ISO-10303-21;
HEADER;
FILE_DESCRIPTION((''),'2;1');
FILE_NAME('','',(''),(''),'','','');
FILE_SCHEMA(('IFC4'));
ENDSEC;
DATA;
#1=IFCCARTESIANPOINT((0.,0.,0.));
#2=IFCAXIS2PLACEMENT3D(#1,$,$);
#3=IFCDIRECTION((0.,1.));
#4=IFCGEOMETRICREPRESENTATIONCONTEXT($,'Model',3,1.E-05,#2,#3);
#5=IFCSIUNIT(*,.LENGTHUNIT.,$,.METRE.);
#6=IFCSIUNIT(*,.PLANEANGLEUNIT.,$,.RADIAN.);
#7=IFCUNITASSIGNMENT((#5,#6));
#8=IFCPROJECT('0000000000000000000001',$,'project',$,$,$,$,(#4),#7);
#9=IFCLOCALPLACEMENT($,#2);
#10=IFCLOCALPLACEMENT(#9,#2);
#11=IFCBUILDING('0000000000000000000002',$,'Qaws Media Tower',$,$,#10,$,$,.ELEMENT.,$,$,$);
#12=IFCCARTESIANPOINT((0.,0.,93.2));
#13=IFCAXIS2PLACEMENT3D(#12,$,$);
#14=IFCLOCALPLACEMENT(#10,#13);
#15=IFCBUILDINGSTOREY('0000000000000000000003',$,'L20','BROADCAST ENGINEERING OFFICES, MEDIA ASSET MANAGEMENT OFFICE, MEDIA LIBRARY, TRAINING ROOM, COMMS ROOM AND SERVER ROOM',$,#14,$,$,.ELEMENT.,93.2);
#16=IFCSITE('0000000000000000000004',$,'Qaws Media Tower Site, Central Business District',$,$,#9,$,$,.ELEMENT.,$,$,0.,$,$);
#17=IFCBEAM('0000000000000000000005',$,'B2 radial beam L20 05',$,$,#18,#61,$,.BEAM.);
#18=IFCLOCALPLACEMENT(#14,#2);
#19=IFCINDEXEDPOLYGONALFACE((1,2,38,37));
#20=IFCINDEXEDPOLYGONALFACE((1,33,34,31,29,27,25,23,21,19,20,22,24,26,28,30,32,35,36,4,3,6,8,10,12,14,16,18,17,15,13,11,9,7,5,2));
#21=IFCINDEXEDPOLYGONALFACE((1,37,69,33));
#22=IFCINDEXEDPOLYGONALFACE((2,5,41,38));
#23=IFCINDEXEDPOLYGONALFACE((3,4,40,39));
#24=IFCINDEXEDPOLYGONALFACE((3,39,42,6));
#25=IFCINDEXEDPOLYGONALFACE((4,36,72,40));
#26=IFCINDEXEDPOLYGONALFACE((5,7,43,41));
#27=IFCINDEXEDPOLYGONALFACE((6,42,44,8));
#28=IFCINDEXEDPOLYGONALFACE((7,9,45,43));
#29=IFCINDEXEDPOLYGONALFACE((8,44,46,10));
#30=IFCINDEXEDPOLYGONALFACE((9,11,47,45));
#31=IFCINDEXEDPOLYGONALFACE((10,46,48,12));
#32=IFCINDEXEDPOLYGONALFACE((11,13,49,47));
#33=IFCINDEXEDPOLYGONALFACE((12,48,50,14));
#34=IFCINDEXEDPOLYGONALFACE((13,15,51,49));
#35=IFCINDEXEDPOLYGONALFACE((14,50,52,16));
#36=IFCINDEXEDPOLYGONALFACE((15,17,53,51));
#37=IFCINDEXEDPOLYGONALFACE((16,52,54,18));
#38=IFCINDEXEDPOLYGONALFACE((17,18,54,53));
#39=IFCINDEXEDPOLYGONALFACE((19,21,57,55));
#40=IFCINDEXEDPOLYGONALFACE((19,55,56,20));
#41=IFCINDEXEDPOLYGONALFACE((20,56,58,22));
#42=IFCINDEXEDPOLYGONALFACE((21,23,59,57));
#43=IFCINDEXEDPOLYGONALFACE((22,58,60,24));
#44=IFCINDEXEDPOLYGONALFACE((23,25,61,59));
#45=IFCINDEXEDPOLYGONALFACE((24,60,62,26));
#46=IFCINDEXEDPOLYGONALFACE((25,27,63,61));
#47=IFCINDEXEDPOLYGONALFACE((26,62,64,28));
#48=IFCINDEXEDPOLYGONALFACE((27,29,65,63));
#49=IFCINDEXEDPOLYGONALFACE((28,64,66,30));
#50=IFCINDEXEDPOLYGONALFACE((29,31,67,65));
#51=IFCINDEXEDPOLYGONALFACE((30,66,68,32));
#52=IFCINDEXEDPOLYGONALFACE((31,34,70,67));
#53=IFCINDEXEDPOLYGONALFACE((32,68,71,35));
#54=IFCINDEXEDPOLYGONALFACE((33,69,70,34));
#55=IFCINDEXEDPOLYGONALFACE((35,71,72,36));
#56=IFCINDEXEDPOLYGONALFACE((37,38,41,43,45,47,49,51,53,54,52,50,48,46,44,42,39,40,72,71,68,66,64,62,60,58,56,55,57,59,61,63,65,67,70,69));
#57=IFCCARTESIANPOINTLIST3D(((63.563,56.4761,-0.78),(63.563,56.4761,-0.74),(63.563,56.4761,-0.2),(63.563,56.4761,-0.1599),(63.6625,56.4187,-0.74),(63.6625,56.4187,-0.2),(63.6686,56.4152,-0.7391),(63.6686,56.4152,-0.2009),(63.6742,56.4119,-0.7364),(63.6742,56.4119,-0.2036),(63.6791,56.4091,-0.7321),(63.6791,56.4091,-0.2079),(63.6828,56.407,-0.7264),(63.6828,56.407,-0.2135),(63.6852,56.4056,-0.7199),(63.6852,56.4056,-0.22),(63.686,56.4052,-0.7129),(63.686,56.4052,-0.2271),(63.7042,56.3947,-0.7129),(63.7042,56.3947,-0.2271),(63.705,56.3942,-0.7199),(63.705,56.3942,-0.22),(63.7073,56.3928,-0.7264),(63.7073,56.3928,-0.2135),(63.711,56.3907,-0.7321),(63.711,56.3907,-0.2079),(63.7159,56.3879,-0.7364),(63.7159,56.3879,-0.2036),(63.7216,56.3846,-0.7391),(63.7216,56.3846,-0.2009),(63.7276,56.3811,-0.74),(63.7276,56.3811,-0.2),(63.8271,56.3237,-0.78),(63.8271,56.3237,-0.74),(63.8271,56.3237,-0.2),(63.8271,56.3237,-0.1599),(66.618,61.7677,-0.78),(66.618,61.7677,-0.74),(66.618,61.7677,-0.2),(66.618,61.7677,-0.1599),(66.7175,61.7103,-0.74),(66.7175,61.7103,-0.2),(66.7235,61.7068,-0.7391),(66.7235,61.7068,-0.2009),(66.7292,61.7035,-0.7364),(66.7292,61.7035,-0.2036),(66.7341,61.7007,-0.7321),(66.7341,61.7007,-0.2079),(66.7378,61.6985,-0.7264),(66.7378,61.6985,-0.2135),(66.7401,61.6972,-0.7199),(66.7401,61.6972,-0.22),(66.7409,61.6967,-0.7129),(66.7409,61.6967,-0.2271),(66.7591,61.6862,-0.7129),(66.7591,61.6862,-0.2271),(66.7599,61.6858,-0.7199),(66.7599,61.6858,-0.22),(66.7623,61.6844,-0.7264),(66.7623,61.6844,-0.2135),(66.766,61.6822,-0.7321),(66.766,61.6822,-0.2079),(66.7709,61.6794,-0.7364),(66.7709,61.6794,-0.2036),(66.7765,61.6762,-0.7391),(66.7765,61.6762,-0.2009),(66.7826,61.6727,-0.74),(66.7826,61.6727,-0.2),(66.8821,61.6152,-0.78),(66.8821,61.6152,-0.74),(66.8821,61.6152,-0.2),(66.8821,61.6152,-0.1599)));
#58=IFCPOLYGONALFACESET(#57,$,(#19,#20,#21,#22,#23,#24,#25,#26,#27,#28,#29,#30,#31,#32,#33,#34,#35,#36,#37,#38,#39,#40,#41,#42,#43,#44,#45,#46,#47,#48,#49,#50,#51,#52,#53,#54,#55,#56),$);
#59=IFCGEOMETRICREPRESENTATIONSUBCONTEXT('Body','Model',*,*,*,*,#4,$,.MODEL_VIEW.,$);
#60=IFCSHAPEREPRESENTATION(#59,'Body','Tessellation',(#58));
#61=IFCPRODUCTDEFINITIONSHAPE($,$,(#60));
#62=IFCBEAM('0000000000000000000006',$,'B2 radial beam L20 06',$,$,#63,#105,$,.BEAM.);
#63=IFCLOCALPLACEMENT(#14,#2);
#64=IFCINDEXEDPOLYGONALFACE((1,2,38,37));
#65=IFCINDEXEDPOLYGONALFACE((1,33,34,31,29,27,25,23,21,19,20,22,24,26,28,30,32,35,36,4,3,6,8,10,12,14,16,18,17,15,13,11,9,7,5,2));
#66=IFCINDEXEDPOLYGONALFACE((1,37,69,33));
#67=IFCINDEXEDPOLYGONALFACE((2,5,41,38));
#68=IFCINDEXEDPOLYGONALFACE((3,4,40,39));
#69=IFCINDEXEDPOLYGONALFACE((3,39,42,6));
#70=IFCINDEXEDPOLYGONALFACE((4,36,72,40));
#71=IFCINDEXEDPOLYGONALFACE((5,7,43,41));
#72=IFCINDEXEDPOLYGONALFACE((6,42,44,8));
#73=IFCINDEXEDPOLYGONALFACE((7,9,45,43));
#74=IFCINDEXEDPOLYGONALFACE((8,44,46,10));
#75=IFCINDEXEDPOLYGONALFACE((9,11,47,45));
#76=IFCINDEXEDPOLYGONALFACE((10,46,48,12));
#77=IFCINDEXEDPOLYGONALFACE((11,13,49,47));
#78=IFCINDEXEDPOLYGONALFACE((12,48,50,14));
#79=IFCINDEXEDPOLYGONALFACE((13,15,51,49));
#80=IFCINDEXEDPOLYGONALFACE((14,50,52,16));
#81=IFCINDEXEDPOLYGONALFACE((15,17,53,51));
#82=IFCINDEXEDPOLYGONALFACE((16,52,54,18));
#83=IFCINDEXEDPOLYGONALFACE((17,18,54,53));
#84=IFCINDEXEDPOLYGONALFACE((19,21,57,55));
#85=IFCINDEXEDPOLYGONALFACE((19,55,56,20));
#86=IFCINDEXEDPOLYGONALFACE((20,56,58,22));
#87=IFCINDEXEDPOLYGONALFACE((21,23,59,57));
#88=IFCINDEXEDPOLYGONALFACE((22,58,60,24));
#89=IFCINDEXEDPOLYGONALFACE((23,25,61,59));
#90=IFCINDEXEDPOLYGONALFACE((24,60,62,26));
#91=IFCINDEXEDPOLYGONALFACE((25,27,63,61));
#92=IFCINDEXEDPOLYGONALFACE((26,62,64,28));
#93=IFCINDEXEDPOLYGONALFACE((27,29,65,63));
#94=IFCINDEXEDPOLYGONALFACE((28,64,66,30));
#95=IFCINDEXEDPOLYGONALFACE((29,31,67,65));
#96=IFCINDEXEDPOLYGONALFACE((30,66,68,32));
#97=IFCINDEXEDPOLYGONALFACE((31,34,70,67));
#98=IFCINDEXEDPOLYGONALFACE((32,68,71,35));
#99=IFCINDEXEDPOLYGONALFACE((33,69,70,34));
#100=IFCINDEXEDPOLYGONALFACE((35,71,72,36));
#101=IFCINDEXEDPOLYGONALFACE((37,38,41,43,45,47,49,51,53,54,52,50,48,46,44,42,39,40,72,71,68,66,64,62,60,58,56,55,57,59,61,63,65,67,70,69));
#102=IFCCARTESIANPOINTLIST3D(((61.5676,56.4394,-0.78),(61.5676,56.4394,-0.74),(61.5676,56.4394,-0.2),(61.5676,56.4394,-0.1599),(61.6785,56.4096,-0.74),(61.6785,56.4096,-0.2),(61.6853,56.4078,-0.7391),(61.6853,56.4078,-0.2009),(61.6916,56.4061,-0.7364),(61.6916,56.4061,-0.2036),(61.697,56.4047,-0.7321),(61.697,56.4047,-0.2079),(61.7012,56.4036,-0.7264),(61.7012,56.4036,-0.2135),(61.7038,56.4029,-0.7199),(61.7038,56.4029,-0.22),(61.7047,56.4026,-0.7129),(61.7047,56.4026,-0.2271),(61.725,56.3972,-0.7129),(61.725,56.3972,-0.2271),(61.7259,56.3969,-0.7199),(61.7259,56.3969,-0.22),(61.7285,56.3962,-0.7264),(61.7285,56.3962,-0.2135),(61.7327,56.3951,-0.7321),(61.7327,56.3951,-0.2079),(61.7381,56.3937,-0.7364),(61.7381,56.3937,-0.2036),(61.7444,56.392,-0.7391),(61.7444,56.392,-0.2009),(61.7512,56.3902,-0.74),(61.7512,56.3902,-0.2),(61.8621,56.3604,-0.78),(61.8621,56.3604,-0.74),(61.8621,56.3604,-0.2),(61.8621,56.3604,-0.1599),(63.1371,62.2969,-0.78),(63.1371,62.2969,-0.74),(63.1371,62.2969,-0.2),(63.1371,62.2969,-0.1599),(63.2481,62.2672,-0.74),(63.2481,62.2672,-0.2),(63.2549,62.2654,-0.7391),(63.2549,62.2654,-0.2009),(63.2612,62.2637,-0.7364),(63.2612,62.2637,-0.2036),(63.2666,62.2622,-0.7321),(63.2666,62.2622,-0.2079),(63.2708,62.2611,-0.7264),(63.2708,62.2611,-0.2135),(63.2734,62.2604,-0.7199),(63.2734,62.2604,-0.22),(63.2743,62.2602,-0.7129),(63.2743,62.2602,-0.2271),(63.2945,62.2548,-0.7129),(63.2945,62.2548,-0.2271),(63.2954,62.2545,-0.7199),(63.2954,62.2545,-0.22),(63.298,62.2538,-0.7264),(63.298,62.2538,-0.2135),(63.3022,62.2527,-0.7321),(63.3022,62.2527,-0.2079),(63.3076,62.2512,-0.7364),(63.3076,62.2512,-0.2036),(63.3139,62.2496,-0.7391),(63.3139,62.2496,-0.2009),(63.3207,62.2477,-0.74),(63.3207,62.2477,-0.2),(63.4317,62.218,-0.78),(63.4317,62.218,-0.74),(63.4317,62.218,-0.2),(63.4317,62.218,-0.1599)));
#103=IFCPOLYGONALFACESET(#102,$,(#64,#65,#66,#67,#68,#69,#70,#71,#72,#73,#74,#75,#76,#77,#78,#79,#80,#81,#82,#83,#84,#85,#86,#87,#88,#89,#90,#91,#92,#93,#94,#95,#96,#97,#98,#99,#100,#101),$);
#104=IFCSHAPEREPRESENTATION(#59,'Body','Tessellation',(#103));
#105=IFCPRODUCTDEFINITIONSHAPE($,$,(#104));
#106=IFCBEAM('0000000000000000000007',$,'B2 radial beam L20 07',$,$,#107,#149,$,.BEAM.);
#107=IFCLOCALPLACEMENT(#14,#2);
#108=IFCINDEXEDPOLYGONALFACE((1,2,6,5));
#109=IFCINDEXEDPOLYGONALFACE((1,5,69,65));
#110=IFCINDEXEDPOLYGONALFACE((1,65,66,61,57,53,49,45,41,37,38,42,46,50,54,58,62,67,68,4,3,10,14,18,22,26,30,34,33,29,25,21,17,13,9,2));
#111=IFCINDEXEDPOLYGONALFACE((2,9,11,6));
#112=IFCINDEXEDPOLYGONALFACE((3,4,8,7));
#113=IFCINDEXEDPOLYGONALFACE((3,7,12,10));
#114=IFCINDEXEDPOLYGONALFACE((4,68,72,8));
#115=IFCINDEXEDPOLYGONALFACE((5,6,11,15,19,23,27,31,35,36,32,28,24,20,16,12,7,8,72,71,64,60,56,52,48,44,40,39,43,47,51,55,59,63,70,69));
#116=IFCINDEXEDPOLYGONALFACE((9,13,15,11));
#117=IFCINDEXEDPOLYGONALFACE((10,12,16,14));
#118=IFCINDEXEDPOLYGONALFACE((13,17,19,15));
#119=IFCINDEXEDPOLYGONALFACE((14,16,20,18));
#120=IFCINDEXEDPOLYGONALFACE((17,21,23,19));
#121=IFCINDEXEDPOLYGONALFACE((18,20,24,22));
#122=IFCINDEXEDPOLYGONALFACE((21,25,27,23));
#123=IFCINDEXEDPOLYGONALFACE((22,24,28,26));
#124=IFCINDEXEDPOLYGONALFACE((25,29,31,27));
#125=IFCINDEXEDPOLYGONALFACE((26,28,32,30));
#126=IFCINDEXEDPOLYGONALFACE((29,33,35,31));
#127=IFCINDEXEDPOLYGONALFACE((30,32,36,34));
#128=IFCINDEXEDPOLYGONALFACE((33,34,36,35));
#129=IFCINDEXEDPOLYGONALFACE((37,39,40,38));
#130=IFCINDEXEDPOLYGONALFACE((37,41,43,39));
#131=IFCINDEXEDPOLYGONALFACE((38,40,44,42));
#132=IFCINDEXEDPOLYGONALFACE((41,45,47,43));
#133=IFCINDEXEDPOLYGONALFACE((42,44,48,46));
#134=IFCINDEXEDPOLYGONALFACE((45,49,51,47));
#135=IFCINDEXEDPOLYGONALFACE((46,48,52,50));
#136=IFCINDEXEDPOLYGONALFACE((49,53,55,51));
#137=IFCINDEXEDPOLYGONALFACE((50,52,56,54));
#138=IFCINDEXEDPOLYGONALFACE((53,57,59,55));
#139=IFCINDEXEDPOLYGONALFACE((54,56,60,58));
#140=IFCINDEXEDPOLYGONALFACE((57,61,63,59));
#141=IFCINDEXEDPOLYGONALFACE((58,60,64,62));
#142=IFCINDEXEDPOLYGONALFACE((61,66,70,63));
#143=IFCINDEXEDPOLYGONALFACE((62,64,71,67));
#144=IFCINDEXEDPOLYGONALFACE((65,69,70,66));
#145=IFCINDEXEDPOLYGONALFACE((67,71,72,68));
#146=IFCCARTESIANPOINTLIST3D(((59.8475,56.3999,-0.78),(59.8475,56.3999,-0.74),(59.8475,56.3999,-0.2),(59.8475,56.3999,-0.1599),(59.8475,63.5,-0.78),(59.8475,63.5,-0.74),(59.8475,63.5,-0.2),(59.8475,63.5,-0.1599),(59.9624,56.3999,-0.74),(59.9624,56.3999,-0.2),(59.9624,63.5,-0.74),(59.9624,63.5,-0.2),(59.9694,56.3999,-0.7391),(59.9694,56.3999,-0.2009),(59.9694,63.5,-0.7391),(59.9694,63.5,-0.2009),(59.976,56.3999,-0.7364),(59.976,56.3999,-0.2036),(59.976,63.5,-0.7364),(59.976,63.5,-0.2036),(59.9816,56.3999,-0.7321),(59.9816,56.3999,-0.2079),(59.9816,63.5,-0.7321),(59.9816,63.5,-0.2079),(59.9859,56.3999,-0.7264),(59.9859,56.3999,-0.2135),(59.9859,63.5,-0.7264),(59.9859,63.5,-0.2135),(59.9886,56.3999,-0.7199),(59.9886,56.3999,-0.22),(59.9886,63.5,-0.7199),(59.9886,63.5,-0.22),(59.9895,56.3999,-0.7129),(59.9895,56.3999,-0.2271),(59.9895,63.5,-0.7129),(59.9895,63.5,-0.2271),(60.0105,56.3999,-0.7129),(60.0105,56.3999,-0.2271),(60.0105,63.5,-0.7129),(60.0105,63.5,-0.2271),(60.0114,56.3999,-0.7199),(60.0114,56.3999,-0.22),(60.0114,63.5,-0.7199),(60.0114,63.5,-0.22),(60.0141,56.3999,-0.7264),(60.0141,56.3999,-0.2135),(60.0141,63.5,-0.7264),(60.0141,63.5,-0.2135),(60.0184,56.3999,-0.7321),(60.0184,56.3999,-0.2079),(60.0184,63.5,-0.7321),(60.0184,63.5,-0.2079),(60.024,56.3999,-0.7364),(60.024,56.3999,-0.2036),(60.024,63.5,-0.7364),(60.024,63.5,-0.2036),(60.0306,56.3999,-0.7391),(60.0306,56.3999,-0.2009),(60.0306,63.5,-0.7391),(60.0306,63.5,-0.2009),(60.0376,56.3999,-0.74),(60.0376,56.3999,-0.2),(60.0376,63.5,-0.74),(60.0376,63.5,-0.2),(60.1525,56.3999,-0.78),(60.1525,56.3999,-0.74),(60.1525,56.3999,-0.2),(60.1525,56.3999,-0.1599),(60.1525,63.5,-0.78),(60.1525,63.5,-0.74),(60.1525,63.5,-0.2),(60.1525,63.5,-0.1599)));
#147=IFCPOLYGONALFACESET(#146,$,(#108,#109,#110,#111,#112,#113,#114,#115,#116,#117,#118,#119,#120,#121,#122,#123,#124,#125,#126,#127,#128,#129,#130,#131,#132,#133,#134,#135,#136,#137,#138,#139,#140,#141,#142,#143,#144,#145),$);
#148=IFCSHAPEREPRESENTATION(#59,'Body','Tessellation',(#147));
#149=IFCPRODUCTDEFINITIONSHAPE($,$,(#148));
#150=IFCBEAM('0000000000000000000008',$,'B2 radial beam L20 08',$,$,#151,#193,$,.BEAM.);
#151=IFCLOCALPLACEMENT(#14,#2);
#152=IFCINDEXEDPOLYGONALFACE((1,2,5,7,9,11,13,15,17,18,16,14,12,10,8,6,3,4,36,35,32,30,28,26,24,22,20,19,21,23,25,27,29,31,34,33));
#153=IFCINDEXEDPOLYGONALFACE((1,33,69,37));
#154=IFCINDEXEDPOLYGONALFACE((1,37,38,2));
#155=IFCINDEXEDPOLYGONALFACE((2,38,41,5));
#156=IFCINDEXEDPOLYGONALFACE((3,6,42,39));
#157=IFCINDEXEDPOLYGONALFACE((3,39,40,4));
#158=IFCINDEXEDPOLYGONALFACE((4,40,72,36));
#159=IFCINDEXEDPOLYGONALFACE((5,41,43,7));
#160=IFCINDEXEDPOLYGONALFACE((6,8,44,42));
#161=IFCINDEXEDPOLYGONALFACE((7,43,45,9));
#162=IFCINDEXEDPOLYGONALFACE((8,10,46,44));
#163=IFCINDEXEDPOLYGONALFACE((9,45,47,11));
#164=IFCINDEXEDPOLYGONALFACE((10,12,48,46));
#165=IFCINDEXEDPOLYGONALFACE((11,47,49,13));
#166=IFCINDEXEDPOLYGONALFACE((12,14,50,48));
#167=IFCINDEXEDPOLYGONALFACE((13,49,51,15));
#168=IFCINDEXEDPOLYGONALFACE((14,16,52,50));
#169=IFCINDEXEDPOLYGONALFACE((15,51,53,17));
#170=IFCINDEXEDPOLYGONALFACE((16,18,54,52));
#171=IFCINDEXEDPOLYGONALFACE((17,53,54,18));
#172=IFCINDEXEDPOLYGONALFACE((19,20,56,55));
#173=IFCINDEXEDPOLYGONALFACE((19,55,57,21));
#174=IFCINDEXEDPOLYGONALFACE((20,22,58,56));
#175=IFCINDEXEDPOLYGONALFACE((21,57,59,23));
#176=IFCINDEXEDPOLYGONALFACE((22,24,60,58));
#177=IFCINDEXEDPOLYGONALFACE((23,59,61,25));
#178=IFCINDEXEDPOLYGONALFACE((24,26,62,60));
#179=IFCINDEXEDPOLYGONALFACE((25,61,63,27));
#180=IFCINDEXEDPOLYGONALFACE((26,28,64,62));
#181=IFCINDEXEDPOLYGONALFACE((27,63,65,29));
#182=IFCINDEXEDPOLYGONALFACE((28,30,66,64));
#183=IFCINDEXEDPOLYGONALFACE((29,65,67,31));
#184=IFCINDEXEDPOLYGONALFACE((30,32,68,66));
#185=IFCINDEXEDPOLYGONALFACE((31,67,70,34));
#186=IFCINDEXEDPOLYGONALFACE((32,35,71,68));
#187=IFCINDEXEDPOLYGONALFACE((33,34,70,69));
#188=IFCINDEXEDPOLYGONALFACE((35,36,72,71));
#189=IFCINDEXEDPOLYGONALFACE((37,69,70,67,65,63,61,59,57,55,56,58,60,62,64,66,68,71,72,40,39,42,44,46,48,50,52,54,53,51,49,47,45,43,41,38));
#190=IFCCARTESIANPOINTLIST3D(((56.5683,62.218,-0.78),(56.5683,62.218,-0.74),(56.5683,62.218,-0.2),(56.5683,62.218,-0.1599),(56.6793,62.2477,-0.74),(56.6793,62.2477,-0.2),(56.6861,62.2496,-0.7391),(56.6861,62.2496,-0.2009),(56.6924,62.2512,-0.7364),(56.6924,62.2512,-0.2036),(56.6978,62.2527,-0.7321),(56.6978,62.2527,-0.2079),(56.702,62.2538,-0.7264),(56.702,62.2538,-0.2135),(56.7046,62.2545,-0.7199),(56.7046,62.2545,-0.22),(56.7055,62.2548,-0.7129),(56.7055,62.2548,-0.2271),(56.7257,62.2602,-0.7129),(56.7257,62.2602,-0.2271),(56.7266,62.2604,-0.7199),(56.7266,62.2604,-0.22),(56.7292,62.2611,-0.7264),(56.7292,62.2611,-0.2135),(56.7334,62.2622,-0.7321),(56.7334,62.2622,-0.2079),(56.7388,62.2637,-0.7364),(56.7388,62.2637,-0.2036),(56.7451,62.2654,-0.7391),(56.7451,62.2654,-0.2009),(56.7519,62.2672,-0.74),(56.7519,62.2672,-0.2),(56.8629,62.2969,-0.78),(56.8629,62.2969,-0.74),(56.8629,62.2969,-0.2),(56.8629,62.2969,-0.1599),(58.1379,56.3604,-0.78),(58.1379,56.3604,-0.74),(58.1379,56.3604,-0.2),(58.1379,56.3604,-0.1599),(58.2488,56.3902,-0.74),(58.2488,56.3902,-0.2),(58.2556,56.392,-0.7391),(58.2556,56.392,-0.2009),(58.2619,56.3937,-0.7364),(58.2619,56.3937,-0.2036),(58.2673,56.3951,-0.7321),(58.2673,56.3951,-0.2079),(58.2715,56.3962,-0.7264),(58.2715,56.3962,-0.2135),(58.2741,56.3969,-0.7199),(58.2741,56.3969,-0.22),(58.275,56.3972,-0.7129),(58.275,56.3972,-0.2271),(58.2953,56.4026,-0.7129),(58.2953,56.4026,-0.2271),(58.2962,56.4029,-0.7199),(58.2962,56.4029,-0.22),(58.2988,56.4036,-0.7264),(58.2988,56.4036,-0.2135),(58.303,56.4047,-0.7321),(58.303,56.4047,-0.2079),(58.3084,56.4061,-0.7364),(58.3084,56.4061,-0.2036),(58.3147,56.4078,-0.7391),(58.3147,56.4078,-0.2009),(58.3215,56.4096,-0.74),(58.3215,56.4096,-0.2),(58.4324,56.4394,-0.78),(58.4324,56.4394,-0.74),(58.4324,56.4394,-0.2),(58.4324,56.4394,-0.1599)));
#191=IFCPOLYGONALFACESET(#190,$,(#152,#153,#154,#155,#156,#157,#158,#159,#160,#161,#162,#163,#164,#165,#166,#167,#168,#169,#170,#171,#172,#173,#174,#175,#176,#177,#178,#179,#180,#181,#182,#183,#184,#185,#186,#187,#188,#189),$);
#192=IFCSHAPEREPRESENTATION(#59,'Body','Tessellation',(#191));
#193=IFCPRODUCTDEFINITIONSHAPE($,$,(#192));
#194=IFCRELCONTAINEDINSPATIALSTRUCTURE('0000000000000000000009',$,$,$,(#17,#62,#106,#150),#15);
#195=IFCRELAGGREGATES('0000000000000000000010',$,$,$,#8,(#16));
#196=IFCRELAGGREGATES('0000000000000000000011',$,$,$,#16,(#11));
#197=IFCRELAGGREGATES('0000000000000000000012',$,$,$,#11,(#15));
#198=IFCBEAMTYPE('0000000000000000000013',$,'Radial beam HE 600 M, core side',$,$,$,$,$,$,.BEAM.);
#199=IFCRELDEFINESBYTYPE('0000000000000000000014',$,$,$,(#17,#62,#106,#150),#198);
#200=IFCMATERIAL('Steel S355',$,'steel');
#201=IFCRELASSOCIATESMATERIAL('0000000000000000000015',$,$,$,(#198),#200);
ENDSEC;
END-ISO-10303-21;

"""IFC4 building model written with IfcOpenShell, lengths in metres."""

from ifc_helpers import new_model, si_unit, direction, frame, origin, origin_2d, place, context, subcontext, project, spatial, i_section, extrude, material, material_profile, profile_set, type_object, element, save


model = new_model("IFC4")

# Units and contexts
model_context = context("Model", 3, precision=1e-05, world=origin(), true_north=direction((0.0, 1.0)))
body_context = subcontext(model_context, "Body", "Model", "MODEL_VIEW")
ifc_project = project(units=[si_unit("LENGTHUNIT", "METRE"), si_unit("PLANEANGLEUNIT", "RADIAN")], contexts=[model_context])

# Site, building, storey
site_placement = place(None, origin())
site = spatial("IfcSite", under=ifc_project, at=site_placement, Name="Qaws Media Tower Site, Central Business District", CompositionType="ELEMENT", RefElevation=0.0)
building_placement = place(site_placement, origin())
building = spatial("IfcBuilding", under=site, at=building_placement, Name="Qaws Media Tower", CompositionType="ELEMENT")
storey_placement = place(building_placement, frame((0.0, 0.0, 93.2)))
storey = spatial("IfcBuildingStorey", under=building, at=storey_placement, Name="L20", Description="BROADCAST ENGINEERING OFFICES, MEDIA ASSET MANAGEMENT OFFICE, MEDIA LIBRARY, TRAINING ROOM, COMMS ROOM AND SERVER ROOM", CompositionType="ELEMENT", Elevation=93.2)

# Beams
ifc_material_1 = material(Name="Steel S355", Category="steel")
ifc_material_profile_1 = material_profile(ifc_material_1, i_section(OverallWidth=0.3049, OverallDepth=0.6201, WebThickness=0.021, FlangeThickness=0.04, FilletRadius=0.0271, at=origin_2d()), Name="HE 600 M")
ifc_profile_set_1 = profile_set([ifc_material_profile_1], Name="Steel S355")
beam_type_1 = type_object("IfcBeamType", Name="Radial beam HE 600 M, core side", PredefinedType="BEAM", material=ifc_profile_set_1)
beam_1_placement = place(storey_placement, frame((63.6951, 56.3999, -0.47), z_axis=(0.499985, 0.866034, 0.0), x_axis=(-0.866034, 0.499985, 0.0)))
element("IfcBeam", 1, at=beam_1_placement, inside=storey, type_object=beam_type_1, Name="B2 radial beam L20 05", PredefinedType="BEAM", context=body_context, shape_type="SweptSolid", body=[
    extrude(i_section(OverallWidth=0.3049, OverallDepth=0.6201, WebThickness=0.021, FlangeThickness=0.04, FilletRadius=0.0271, at=origin_2d()), origin(), (0.0, 0.0, 1.0), 6.1101),
])
beam_2_placement = place(storey_placement, frame((61.7148, 56.3999, -0.47), z_axis=(0.258823, 0.965925, 0.0), x_axis=(-0.965925, 0.258823, 0.0)))
element("IfcBeam", 2, at=beam_2_placement, inside=storey, type_object=beam_type_1, Name="B2 radial beam L20 06", PredefinedType="BEAM", context=body_context, shape_type="SweptSolid", body=[
    extrude(i_section(OverallWidth=0.3049, OverallDepth=0.6201, WebThickness=0.021, FlangeThickness=0.04, FilletRadius=0.0271, at=origin_2d()), origin(), (0.0, 0.0, 1.0), 6.0642),
])
beam_3_placement = place(storey_placement, frame((60.0, 56.3999, -0.47), z_axis=(0.0, 1.0, 0.0), x_axis=(-1.0, 0.0, 0.0)))
element("IfcBeam", 3, at=beam_3_placement, inside=storey, type_object=beam_type_1, Name="B2 radial beam L20 07", PredefinedType="BEAM", context=body_context, shape_type="SweptSolid", body=[
    extrude(i_section(OverallWidth=0.3049, OverallDepth=0.6201, WebThickness=0.021, FlangeThickness=0.04, FilletRadius=0.0271, at=origin_2d()), origin(), (0.0, 0.0, 1.0), 7.1001),
])
beam_4_placement = place(storey_placement, frame((58.2852, 56.3999, -0.47), z_axis=(-0.258823, 0.965925, 0.0), x_axis=(-0.965925, -0.258823, 0.0)))
element("IfcBeam", 4, at=beam_4_placement, inside=storey, type_object=beam_type_1, Name="B2 radial beam L20 08", PredefinedType="BEAM", context=body_context, shape_type="SweptSolid", body=[
    extrude(i_section(OverallWidth=0.3049, OverallDepth=0.6201, WebThickness=0.021, FlangeThickness=0.04, FilletRadius=0.0271, at=origin_2d()), origin(), (0.0, 0.0, 1.0), 6.0642),
])

save(model, "model.ifc")
